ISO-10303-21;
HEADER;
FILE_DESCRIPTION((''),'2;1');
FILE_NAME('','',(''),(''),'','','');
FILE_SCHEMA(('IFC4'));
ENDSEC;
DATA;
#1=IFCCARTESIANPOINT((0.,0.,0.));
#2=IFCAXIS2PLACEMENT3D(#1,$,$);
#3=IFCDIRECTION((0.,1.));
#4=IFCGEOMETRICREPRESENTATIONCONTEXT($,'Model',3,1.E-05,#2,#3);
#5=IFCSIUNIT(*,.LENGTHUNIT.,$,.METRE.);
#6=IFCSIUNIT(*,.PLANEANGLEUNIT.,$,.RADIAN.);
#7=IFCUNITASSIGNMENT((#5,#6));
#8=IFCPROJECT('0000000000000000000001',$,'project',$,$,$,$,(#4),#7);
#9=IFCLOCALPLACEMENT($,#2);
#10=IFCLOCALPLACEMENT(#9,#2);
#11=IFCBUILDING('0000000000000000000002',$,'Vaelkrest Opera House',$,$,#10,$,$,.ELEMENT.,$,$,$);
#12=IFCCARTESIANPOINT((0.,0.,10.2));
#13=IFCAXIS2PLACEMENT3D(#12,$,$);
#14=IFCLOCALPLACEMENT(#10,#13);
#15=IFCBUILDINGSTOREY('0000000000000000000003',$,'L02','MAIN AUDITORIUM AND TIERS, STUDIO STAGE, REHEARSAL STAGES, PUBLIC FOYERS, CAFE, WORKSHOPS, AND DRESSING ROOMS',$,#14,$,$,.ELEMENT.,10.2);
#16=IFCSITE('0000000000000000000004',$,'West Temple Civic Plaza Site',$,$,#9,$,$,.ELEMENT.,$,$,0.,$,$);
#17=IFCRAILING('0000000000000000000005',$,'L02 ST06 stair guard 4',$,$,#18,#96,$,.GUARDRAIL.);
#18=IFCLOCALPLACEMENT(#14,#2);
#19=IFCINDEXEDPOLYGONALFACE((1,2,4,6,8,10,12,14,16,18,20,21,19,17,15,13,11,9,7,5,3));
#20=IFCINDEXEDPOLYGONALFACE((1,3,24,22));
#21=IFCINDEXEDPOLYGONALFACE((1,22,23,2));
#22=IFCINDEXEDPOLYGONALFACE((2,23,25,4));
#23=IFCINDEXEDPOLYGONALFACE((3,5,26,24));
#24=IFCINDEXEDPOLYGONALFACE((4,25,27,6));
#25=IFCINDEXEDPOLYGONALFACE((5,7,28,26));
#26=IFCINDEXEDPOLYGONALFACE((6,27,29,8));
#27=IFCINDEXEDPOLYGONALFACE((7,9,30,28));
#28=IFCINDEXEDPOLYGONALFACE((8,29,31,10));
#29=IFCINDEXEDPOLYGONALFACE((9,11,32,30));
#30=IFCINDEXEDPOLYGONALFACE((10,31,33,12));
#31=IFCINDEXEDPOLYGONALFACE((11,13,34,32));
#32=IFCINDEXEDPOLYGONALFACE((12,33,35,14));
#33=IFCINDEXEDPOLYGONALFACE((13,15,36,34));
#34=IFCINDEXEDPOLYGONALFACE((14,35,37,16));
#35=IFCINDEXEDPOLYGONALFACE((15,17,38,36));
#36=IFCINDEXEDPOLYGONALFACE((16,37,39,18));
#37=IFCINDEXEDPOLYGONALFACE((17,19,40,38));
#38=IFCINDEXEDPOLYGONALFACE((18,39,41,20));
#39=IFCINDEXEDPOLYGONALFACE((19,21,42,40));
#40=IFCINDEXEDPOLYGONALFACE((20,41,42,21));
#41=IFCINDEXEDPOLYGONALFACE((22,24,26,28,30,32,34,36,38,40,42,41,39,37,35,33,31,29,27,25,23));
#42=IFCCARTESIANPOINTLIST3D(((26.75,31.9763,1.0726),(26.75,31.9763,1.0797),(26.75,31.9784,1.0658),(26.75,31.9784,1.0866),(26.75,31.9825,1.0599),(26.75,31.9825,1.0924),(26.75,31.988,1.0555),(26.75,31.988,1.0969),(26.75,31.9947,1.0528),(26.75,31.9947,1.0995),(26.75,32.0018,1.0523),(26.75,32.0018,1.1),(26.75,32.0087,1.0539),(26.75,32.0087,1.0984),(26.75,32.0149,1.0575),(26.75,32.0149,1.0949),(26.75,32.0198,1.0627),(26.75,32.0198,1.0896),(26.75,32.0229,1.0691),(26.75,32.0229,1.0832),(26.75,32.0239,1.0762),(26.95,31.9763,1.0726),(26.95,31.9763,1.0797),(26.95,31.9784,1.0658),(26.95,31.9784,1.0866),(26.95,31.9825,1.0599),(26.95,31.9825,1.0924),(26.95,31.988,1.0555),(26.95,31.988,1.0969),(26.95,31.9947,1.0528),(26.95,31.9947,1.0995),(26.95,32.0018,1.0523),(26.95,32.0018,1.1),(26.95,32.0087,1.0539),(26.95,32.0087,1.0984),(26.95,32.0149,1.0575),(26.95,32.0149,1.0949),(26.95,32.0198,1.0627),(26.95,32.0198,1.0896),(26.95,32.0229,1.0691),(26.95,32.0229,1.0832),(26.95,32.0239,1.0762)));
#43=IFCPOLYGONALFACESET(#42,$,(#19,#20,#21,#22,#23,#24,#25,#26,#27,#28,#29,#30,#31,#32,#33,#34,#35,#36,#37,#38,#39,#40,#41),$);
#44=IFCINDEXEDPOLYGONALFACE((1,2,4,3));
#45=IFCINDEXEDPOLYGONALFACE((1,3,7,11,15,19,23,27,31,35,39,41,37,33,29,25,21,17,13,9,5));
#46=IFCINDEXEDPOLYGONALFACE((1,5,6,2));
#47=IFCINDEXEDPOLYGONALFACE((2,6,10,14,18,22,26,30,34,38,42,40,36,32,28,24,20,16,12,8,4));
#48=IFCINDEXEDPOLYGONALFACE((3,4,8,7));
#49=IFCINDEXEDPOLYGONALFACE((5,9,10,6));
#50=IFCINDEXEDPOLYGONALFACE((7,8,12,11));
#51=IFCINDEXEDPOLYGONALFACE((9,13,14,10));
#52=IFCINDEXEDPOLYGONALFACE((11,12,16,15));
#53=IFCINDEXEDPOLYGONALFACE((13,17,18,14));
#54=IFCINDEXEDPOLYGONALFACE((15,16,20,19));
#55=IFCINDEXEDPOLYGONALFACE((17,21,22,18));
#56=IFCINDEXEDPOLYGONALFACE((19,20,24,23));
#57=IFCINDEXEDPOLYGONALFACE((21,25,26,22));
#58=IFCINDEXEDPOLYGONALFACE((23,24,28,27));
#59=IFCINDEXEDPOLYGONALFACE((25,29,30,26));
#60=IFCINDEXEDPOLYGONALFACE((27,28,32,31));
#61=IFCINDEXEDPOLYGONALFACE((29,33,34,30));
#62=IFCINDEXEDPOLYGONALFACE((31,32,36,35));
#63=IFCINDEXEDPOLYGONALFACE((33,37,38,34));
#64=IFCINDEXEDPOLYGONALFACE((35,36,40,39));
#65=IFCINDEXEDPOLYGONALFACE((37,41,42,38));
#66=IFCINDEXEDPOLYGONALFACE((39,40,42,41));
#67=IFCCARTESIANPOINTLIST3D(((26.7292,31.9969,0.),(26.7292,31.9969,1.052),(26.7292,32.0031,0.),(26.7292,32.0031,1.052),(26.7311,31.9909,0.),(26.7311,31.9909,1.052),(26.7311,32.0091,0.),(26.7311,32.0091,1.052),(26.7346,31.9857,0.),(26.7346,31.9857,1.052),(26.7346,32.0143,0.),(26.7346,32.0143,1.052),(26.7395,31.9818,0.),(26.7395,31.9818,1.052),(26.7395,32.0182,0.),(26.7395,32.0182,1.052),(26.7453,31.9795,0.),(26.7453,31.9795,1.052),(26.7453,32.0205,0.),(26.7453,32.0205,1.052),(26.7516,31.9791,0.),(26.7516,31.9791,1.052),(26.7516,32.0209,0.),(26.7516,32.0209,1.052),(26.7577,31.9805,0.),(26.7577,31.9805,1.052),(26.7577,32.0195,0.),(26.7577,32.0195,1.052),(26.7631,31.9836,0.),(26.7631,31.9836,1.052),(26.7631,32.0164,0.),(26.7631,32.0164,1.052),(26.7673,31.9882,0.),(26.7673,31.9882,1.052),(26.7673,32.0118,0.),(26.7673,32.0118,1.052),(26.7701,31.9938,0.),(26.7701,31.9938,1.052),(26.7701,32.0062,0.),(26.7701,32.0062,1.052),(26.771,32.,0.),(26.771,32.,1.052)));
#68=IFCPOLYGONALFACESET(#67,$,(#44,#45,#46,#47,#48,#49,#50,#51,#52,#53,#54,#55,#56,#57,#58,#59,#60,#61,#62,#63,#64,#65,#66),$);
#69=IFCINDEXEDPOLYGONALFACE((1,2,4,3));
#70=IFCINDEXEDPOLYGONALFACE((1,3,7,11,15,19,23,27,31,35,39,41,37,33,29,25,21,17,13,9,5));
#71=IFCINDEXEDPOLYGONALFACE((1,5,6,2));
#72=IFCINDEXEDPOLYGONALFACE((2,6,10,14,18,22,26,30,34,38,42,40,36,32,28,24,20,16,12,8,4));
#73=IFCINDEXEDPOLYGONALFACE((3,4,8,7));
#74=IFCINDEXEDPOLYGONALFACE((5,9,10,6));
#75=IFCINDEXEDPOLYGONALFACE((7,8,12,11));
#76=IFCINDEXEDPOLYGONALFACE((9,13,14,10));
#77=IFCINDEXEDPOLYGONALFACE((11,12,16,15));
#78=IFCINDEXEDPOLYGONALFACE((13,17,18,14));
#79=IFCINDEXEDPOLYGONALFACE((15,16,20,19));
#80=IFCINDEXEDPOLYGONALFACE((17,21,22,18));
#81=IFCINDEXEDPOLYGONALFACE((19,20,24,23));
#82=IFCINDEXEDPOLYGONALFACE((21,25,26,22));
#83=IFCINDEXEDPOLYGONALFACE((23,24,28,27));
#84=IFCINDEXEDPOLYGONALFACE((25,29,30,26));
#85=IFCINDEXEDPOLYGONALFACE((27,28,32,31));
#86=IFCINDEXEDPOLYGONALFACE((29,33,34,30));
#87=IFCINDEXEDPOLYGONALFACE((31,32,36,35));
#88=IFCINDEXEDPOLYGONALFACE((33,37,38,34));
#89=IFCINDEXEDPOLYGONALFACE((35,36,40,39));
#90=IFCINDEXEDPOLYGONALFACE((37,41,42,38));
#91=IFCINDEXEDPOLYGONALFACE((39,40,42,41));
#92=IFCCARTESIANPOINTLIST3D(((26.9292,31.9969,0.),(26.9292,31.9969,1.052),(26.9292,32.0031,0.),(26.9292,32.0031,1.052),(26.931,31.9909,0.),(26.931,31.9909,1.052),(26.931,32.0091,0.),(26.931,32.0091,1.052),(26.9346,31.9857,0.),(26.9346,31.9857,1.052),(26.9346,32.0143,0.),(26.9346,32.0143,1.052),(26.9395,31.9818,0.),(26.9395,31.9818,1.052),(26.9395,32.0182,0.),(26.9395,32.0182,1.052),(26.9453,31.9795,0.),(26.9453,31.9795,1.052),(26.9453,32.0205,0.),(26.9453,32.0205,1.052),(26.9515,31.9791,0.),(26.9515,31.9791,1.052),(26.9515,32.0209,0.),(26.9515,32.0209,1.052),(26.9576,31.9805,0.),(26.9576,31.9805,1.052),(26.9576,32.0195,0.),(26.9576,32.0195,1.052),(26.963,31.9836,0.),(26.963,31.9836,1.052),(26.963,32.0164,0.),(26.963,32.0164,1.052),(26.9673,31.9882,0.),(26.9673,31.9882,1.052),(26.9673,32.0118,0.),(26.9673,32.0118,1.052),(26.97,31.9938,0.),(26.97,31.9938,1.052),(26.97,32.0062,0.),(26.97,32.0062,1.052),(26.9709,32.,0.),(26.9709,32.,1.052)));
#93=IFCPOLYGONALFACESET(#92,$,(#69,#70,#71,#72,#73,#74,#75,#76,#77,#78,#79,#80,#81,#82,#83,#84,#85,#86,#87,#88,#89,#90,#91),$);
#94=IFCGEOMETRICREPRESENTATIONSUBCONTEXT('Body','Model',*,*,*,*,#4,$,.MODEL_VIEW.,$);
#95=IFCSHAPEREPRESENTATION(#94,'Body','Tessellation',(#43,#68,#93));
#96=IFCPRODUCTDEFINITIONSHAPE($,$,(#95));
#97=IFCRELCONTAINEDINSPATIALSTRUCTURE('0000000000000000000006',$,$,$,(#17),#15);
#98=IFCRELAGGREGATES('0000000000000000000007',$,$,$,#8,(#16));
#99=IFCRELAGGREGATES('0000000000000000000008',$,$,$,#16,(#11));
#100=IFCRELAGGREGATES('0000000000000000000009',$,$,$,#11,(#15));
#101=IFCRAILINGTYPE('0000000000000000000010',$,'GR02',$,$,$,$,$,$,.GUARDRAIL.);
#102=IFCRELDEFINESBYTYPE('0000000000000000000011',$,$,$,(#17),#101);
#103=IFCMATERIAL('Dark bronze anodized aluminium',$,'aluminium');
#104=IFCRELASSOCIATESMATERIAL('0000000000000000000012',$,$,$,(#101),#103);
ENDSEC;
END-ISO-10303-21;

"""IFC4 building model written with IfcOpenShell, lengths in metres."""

from ifc_helpers import new_model, si_unit, direction, frame, origin, origin_2d, place, context, subcontext, project, spatial, circle, extrude, material, type_object, element, save


model = new_model("IFC4")

# Units and contexts
model_context = context("Model", 3, precision=1e-05, world=origin(), true_north=direction((0.0, 1.0)))
body_context = subcontext(model_context, "Body", "Model", "MODEL_VIEW")
ifc_project = project(units=[si_unit("LENGTHUNIT", "METRE"), si_unit("PLANEANGLEUNIT", "RADIAN")], contexts=[model_context])

# Site, building, storey
site_placement = place(None, origin())
site = spatial("IfcSite", under=ifc_project, at=site_placement, Name="West Temple Civic Plaza Site", CompositionType="ELEMENT", RefElevation=0.0)
building_placement = place(site_placement, origin())
building = spatial("IfcBuilding", under=site, at=building_placement, Name="Vaelkrest Opera House", CompositionType="ELEMENT")
storey_placement = place(building_placement, frame((0.0, 0.0, 10.2)))
storey = spatial("IfcBuildingStorey", under=building, at=storey_placement, Name="L02", Description="MAIN AUDITORIUM AND TIERS, STUDIO STAGE, REHEARSAL STAGES, PUBLIC FOYERS, CAFE, WORKSHOPS, AND DRESSING ROOMS", CompositionType="ELEMENT", Elevation=10.2)

# Railing
ifc_material_1 = material(Name="Dark bronze anodized aluminium", Category="aluminium")
railing_type = type_object("IfcRailingType", Name="GR02", PredefinedType="GUARDRAIL", material=ifc_material_1)
railing_1_placement = place(storey_placement, frame((26.75, 32.0, 0.0)))
element("IfcRailing", 1, at=railing_1_placement, inside=storey, type_object=railing_type, Name="L02 ST06 stair guard 4", PredefinedType="GUARDRAIL", context=body_context, shape_type="SweptSolid", body=[
    extrude(circle(Radius=0.0239, at=origin_2d()), frame((0.0, 0.0, 1.0762), z_axis=(1.0, 0.0, 0.0), x_axis=(0.0, 1.0, 0.0)), (0.0, 0.0, 1.0), 0.2),
    extrude(circle(Radius=0.021, at=origin_2d()), origin(), (0.0, 0.0, 1.0), 1.052),
    extrude(circle(Radius=0.021, at=origin_2d()), frame((0.2, 0.0, 0.0)), (0.0, 0.0, 1.0), 1.052),
])

save(model, "model.ifc")
